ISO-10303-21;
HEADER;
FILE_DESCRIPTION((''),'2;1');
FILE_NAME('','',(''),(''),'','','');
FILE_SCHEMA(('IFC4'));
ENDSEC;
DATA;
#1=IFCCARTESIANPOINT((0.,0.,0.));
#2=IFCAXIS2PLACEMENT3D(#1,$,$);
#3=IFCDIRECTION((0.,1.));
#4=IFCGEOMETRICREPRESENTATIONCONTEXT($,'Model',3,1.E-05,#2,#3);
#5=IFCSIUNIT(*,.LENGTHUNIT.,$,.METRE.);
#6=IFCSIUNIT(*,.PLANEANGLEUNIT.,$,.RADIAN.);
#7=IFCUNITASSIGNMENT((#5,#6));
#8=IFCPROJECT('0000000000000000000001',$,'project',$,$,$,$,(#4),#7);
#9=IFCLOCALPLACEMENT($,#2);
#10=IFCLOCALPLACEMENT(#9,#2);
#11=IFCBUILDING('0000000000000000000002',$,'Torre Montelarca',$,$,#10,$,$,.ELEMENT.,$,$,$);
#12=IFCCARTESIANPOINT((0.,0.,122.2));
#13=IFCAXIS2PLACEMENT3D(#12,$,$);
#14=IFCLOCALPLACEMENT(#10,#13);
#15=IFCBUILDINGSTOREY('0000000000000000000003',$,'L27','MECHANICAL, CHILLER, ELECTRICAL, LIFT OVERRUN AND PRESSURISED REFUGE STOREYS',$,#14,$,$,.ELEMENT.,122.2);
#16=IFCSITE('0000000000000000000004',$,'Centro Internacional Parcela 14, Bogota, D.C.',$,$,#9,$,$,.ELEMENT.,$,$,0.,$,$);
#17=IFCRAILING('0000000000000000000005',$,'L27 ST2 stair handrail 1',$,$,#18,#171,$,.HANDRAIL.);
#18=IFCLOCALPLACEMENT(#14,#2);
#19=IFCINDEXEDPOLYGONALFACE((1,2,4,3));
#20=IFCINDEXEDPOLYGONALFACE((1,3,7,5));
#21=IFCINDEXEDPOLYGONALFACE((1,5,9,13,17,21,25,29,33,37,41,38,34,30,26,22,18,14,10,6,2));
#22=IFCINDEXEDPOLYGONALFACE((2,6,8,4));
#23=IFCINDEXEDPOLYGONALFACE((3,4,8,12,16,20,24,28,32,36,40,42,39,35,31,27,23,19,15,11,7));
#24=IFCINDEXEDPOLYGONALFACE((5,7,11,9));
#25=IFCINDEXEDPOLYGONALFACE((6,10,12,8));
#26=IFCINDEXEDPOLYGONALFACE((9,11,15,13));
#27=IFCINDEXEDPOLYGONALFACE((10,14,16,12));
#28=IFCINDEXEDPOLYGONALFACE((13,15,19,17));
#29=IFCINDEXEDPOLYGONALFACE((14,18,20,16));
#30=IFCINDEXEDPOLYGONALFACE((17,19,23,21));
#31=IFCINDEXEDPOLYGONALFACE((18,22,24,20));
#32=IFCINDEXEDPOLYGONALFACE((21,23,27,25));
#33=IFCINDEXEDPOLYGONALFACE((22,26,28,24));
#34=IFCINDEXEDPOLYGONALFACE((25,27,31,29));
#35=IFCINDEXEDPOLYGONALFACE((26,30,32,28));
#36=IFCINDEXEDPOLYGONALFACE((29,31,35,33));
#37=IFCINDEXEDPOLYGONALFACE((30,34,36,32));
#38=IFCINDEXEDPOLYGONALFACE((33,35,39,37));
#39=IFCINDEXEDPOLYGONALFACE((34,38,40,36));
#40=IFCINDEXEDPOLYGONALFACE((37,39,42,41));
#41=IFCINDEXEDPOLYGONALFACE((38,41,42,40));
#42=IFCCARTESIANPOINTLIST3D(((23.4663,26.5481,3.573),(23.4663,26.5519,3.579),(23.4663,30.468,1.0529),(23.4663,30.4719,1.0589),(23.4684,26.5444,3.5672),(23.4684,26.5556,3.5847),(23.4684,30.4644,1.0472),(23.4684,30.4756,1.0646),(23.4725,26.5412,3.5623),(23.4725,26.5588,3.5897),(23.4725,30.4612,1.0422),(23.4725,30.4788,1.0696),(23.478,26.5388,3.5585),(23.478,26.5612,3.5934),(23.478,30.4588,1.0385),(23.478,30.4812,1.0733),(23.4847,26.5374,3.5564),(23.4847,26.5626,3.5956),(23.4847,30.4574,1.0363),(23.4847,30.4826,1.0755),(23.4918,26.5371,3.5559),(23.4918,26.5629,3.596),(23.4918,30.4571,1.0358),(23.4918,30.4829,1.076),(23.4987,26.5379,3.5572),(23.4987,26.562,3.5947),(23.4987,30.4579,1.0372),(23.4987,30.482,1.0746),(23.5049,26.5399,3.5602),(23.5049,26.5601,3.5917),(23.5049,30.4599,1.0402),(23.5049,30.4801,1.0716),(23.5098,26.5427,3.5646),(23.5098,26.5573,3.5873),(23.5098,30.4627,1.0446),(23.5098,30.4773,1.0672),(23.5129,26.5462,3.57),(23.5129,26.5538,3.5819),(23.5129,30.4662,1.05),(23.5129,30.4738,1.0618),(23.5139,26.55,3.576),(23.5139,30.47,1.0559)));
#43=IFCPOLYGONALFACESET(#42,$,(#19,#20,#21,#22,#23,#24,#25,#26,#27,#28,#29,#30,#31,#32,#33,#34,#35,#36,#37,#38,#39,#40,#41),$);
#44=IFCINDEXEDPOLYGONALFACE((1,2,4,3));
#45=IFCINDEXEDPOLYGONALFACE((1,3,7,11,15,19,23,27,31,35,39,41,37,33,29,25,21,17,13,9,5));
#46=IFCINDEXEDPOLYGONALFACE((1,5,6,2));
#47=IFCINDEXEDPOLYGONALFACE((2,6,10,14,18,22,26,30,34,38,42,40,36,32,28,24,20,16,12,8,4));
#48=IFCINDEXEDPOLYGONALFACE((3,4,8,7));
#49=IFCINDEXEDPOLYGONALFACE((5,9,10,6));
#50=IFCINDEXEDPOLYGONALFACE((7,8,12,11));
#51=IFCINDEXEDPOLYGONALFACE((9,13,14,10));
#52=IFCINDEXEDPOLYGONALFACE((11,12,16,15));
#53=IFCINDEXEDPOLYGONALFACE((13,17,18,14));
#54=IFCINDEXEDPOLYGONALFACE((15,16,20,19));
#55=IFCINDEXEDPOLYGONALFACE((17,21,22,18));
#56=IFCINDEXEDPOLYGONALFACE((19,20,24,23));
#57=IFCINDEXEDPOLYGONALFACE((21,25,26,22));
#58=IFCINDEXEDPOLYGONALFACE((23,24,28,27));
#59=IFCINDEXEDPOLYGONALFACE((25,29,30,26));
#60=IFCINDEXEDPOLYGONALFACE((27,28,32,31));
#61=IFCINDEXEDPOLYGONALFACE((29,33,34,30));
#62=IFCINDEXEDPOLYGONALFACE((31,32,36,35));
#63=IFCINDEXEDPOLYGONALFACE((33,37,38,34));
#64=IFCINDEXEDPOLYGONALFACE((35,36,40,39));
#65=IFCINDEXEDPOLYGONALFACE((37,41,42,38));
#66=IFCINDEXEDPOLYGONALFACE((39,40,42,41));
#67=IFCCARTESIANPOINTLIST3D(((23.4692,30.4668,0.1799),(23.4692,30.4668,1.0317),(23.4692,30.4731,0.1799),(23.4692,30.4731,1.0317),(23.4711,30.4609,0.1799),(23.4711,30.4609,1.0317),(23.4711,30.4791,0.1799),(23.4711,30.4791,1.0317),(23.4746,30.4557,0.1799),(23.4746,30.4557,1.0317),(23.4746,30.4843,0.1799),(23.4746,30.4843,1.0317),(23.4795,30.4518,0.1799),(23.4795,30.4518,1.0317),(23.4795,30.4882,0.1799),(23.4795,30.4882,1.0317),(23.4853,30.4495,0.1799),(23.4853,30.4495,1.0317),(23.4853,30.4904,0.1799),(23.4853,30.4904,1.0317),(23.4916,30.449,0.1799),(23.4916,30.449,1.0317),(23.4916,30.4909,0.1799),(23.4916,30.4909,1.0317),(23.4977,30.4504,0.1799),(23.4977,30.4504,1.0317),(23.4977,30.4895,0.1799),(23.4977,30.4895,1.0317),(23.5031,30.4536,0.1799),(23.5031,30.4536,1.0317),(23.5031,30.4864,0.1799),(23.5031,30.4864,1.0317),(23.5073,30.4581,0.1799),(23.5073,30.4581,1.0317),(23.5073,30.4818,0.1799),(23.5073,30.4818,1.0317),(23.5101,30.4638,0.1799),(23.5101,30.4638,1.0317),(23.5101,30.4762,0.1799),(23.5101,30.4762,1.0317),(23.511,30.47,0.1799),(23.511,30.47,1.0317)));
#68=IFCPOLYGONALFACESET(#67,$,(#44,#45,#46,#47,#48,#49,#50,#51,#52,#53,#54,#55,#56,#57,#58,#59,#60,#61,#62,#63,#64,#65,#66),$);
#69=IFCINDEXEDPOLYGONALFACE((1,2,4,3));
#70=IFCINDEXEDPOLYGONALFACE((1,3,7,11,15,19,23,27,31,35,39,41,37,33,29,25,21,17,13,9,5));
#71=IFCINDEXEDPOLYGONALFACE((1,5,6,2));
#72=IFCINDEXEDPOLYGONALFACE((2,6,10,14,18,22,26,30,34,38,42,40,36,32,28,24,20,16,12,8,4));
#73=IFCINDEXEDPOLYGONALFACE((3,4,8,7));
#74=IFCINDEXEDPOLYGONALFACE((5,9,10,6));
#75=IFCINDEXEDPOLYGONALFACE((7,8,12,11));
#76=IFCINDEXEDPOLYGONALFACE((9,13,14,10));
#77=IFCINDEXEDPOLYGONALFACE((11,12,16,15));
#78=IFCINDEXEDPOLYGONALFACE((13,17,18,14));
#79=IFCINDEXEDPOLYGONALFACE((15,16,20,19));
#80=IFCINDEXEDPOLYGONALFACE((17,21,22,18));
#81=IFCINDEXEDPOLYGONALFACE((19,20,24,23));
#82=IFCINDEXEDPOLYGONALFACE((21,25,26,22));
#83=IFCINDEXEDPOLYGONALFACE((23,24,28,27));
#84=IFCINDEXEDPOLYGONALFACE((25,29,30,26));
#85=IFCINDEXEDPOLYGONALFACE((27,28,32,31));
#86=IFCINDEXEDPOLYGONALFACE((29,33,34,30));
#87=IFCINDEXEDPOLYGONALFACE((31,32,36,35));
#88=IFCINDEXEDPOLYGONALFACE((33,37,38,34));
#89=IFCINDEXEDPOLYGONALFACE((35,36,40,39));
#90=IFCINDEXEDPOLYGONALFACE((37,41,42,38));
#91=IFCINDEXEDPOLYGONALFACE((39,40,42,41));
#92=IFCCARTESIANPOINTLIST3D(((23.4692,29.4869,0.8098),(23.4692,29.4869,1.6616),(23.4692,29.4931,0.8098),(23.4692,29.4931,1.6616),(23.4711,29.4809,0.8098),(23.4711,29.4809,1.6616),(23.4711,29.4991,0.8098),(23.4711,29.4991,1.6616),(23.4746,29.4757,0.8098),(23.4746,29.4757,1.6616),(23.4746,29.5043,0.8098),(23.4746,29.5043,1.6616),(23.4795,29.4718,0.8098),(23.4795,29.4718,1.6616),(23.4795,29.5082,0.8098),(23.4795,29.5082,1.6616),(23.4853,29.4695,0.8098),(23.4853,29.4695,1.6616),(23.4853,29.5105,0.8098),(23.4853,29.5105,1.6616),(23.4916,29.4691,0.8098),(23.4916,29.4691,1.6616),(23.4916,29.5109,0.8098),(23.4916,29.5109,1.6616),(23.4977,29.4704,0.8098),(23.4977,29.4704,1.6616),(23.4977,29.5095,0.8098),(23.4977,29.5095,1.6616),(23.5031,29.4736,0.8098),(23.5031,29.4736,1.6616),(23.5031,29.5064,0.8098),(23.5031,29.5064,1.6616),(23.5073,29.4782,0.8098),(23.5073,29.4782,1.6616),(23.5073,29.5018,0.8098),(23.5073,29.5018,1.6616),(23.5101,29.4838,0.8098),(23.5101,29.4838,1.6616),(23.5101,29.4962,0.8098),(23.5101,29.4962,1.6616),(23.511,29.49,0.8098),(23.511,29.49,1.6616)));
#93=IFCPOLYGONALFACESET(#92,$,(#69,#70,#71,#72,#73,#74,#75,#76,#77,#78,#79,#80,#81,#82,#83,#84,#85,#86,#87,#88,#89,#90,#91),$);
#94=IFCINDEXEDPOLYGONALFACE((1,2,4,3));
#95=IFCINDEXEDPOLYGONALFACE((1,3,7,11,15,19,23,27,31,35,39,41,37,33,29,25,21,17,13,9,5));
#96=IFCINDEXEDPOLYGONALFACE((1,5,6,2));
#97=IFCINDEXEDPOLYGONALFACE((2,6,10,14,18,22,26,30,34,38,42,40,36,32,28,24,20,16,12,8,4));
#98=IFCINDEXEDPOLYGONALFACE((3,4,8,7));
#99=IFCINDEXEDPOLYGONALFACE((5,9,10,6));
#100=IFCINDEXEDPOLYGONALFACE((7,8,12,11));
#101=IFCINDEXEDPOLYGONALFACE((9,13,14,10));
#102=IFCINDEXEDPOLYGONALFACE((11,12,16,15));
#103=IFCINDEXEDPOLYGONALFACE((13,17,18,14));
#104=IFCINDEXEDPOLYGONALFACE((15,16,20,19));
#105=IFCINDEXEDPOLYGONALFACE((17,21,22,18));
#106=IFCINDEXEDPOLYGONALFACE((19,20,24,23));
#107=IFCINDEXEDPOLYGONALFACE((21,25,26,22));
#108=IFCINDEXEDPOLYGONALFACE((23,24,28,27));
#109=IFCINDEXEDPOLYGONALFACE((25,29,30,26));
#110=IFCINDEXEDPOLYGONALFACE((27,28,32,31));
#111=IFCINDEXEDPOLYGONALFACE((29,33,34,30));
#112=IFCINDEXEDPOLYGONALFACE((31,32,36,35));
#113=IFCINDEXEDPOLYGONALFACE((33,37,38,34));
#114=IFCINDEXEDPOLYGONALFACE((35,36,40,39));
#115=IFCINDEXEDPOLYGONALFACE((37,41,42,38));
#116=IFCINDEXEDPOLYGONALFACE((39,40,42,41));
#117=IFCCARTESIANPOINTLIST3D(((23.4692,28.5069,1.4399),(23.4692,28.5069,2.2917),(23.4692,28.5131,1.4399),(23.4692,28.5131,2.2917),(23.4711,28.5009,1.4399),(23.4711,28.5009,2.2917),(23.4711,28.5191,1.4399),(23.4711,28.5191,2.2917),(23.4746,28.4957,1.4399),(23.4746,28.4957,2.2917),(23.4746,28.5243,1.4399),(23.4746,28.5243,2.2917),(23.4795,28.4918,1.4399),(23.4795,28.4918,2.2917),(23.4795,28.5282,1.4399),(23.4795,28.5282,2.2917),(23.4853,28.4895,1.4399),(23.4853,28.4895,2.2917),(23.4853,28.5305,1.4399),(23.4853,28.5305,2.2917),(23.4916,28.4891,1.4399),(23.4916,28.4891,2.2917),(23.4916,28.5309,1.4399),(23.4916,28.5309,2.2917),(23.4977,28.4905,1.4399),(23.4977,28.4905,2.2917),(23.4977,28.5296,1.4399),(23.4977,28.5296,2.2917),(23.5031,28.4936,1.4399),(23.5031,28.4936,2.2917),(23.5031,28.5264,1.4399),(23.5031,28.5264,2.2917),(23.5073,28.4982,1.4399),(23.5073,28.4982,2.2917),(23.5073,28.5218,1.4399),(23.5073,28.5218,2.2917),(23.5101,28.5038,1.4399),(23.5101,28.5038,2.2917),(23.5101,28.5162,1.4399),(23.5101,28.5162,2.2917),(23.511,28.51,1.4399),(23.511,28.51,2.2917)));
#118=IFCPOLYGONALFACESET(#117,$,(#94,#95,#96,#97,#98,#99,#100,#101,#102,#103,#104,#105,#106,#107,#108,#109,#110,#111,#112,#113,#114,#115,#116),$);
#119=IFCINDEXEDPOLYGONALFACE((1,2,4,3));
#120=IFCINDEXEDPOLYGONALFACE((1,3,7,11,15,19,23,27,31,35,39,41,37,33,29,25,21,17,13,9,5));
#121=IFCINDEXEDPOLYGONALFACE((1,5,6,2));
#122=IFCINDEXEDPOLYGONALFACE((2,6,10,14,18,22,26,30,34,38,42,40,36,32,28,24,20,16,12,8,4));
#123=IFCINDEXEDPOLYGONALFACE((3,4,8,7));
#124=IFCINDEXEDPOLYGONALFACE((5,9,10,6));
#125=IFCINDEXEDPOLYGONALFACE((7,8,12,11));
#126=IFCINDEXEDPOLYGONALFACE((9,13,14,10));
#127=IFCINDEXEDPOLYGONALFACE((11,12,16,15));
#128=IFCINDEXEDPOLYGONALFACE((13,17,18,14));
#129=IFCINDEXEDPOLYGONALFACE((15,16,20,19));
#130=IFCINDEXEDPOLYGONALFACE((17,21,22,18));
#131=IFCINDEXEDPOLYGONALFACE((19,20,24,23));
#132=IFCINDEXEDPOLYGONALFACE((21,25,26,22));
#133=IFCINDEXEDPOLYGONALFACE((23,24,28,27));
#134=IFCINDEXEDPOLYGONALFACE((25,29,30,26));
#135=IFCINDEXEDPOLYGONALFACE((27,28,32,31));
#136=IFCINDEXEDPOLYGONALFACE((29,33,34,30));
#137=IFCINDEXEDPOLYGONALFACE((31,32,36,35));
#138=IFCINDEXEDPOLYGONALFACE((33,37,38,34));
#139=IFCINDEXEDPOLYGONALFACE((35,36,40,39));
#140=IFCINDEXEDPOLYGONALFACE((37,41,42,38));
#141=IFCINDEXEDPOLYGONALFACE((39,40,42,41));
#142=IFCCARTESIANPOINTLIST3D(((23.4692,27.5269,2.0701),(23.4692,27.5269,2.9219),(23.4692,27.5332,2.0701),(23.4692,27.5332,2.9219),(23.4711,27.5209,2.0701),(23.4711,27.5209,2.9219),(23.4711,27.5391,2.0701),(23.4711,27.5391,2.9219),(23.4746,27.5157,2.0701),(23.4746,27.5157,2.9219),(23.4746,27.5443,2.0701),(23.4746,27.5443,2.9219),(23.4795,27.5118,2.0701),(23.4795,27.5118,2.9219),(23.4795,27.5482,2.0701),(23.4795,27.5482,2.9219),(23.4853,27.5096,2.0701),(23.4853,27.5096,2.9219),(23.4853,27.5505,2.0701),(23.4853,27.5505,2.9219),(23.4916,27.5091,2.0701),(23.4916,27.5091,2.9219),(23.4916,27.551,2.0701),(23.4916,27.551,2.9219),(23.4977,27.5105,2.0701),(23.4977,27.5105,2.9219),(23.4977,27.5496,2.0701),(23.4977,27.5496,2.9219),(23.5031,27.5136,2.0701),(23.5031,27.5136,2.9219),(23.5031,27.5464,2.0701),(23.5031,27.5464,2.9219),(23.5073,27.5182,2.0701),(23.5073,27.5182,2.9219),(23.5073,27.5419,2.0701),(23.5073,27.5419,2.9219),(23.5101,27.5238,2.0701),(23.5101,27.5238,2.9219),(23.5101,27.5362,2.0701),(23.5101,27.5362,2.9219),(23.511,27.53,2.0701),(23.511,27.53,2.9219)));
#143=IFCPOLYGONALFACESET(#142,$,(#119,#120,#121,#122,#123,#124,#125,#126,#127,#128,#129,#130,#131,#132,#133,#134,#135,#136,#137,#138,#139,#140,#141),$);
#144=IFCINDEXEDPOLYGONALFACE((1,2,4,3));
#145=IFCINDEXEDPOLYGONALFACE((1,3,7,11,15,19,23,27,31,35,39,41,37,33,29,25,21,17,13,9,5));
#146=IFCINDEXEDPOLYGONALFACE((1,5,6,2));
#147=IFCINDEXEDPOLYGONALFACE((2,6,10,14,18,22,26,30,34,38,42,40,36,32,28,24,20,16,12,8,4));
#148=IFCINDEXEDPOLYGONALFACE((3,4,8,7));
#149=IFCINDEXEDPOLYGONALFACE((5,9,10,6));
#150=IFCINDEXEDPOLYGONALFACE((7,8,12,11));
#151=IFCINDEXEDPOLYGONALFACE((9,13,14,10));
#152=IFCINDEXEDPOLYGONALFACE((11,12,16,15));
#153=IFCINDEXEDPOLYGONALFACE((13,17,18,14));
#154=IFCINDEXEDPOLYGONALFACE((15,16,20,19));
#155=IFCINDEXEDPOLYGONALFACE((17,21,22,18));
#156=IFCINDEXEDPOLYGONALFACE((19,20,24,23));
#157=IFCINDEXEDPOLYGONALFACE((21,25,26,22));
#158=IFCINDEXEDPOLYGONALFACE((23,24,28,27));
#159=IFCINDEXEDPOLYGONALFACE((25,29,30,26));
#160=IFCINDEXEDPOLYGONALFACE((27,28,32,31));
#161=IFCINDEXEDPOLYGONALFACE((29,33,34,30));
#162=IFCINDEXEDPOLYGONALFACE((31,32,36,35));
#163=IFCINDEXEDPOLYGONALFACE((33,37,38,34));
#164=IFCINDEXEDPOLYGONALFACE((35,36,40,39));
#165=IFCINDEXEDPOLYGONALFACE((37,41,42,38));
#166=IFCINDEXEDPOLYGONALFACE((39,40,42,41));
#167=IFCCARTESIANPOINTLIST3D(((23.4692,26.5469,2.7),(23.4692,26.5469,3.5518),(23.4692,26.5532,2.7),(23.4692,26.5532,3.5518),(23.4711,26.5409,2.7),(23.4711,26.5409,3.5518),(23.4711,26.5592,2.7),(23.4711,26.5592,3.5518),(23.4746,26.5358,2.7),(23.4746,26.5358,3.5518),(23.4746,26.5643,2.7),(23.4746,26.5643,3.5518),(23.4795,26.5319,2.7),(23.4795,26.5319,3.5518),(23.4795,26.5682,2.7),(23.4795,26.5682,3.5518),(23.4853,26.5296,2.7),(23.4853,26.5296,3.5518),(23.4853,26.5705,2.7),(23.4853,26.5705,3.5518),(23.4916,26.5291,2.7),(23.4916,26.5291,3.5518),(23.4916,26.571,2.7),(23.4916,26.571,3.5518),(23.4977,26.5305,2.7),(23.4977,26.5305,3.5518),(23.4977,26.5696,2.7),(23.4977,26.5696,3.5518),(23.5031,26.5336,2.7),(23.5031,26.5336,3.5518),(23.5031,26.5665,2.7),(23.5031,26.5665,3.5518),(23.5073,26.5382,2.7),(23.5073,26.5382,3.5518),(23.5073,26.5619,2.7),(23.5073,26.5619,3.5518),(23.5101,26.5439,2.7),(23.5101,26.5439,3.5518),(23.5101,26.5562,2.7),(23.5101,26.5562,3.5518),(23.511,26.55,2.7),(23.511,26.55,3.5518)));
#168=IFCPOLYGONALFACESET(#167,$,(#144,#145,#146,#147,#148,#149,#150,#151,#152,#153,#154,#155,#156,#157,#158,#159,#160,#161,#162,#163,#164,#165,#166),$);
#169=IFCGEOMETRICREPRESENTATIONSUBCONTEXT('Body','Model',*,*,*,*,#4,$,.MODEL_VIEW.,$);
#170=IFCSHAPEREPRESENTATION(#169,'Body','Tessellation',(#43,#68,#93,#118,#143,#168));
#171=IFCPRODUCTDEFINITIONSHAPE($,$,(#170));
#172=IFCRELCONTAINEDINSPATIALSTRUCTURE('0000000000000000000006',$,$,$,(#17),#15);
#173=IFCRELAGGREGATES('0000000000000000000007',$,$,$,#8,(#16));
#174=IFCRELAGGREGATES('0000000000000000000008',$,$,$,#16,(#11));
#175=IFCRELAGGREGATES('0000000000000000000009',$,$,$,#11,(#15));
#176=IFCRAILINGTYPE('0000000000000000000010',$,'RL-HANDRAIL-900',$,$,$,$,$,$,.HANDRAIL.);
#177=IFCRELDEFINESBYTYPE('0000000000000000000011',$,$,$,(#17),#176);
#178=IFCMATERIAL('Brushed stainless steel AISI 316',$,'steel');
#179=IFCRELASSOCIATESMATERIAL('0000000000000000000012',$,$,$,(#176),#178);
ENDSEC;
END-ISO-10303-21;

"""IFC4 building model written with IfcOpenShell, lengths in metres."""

from ifc_helpers import new_model, si_unit, direction, frame, origin, origin_2d, place, context, subcontext, project, spatial, circle, extrude, material, type_object, element, save


model = new_model("IFC4")

# Units and contexts
model_context = context("Model", 3, precision=1e-05, world=origin(), true_north=direction((0.0, 1.0)))
body_context = subcontext(model_context, "Body", "Model", "MODEL_VIEW")
ifc_project = project(units=[si_unit("LENGTHUNIT", "METRE"), si_unit("PLANEANGLEUNIT", "RADIAN")], contexts=[model_context])

# Site, building, storey
site_placement = place(None, origin())
site = spatial("IfcSite", under=ifc_project, at=site_placement, Name="Centro Internacional Parcela 14, Bogota, D.C.", CompositionType="ELEMENT", RefElevation=0.0)
building_placement = place(site_placement, origin())
building = spatial("IfcBuilding", under=site, at=building_placement, Name="Torre Montelarca", CompositionType="ELEMENT")
storey_placement = place(building_placement, frame((0.0, 0.0, 122.2)))
storey = spatial("IfcBuildingStorey", under=building, at=storey_placement, Name="L27", Description="MECHANICAL, CHILLER, ELECTRICAL, LIFT OVERRUN AND PRESSURISED REFUGE STOREYS", CompositionType="ELEMENT", Elevation=122.2)

# Shared definitions
ifc_material_1 = material(Name="Brushed stainless steel AISI 316", Category="steel")

# Railing
railing_type_1 = type_object("IfcRailingType", Name="RL-HANDRAIL-900", PredefinedType="HANDRAIL", material=ifc_material_1)
railing_1_placement = place(storey_placement, frame((23.49, 30.47, 0.1799)))
element("IfcRailing", 1, at=railing_1_placement, inside=storey, type_object=railing_type_1, Name="L27 ST2 stair handrail 1", PredefinedType="HANDRAIL", context=body_context, shape_type="SweptSolid", body=[
    extrude(circle(Radius=0.0239, at=origin_2d()), frame((0.0, 0.0, 0.876), z_axis=(0.0, -0.841172, 0.540768), x_axis=(1.0, 0.0, 0.0)), (0.0, 0.0, 1.0), 4.6602),
    extrude(circle(Radius=0.021, at=origin_2d()), origin(), (0.0, 0.0, 1.0), 0.8518),
    extrude(circle(Radius=0.021, at=origin_2d()), frame((0.0, -0.98, 0.6299)), (0.0, 0.0, 1.0), 0.8518),
    extrude(circle(Radius=0.021, at=origin_2d()), frame((0.0, -1.96, 1.26)), (0.0, 0.0, 1.0), 0.8518),
    extrude(circle(Radius=0.021, at=origin_2d()), frame((0.0, -2.9399, 1.8901)), (0.0, 0.0, 1.0), 0.8518),
    extrude(circle(Radius=0.021, at=origin_2d()), frame((0.0, -3.9199, 2.52)), (0.0, 0.0, 1.0), 0.8518),
])

save(model, "model.ifc")
